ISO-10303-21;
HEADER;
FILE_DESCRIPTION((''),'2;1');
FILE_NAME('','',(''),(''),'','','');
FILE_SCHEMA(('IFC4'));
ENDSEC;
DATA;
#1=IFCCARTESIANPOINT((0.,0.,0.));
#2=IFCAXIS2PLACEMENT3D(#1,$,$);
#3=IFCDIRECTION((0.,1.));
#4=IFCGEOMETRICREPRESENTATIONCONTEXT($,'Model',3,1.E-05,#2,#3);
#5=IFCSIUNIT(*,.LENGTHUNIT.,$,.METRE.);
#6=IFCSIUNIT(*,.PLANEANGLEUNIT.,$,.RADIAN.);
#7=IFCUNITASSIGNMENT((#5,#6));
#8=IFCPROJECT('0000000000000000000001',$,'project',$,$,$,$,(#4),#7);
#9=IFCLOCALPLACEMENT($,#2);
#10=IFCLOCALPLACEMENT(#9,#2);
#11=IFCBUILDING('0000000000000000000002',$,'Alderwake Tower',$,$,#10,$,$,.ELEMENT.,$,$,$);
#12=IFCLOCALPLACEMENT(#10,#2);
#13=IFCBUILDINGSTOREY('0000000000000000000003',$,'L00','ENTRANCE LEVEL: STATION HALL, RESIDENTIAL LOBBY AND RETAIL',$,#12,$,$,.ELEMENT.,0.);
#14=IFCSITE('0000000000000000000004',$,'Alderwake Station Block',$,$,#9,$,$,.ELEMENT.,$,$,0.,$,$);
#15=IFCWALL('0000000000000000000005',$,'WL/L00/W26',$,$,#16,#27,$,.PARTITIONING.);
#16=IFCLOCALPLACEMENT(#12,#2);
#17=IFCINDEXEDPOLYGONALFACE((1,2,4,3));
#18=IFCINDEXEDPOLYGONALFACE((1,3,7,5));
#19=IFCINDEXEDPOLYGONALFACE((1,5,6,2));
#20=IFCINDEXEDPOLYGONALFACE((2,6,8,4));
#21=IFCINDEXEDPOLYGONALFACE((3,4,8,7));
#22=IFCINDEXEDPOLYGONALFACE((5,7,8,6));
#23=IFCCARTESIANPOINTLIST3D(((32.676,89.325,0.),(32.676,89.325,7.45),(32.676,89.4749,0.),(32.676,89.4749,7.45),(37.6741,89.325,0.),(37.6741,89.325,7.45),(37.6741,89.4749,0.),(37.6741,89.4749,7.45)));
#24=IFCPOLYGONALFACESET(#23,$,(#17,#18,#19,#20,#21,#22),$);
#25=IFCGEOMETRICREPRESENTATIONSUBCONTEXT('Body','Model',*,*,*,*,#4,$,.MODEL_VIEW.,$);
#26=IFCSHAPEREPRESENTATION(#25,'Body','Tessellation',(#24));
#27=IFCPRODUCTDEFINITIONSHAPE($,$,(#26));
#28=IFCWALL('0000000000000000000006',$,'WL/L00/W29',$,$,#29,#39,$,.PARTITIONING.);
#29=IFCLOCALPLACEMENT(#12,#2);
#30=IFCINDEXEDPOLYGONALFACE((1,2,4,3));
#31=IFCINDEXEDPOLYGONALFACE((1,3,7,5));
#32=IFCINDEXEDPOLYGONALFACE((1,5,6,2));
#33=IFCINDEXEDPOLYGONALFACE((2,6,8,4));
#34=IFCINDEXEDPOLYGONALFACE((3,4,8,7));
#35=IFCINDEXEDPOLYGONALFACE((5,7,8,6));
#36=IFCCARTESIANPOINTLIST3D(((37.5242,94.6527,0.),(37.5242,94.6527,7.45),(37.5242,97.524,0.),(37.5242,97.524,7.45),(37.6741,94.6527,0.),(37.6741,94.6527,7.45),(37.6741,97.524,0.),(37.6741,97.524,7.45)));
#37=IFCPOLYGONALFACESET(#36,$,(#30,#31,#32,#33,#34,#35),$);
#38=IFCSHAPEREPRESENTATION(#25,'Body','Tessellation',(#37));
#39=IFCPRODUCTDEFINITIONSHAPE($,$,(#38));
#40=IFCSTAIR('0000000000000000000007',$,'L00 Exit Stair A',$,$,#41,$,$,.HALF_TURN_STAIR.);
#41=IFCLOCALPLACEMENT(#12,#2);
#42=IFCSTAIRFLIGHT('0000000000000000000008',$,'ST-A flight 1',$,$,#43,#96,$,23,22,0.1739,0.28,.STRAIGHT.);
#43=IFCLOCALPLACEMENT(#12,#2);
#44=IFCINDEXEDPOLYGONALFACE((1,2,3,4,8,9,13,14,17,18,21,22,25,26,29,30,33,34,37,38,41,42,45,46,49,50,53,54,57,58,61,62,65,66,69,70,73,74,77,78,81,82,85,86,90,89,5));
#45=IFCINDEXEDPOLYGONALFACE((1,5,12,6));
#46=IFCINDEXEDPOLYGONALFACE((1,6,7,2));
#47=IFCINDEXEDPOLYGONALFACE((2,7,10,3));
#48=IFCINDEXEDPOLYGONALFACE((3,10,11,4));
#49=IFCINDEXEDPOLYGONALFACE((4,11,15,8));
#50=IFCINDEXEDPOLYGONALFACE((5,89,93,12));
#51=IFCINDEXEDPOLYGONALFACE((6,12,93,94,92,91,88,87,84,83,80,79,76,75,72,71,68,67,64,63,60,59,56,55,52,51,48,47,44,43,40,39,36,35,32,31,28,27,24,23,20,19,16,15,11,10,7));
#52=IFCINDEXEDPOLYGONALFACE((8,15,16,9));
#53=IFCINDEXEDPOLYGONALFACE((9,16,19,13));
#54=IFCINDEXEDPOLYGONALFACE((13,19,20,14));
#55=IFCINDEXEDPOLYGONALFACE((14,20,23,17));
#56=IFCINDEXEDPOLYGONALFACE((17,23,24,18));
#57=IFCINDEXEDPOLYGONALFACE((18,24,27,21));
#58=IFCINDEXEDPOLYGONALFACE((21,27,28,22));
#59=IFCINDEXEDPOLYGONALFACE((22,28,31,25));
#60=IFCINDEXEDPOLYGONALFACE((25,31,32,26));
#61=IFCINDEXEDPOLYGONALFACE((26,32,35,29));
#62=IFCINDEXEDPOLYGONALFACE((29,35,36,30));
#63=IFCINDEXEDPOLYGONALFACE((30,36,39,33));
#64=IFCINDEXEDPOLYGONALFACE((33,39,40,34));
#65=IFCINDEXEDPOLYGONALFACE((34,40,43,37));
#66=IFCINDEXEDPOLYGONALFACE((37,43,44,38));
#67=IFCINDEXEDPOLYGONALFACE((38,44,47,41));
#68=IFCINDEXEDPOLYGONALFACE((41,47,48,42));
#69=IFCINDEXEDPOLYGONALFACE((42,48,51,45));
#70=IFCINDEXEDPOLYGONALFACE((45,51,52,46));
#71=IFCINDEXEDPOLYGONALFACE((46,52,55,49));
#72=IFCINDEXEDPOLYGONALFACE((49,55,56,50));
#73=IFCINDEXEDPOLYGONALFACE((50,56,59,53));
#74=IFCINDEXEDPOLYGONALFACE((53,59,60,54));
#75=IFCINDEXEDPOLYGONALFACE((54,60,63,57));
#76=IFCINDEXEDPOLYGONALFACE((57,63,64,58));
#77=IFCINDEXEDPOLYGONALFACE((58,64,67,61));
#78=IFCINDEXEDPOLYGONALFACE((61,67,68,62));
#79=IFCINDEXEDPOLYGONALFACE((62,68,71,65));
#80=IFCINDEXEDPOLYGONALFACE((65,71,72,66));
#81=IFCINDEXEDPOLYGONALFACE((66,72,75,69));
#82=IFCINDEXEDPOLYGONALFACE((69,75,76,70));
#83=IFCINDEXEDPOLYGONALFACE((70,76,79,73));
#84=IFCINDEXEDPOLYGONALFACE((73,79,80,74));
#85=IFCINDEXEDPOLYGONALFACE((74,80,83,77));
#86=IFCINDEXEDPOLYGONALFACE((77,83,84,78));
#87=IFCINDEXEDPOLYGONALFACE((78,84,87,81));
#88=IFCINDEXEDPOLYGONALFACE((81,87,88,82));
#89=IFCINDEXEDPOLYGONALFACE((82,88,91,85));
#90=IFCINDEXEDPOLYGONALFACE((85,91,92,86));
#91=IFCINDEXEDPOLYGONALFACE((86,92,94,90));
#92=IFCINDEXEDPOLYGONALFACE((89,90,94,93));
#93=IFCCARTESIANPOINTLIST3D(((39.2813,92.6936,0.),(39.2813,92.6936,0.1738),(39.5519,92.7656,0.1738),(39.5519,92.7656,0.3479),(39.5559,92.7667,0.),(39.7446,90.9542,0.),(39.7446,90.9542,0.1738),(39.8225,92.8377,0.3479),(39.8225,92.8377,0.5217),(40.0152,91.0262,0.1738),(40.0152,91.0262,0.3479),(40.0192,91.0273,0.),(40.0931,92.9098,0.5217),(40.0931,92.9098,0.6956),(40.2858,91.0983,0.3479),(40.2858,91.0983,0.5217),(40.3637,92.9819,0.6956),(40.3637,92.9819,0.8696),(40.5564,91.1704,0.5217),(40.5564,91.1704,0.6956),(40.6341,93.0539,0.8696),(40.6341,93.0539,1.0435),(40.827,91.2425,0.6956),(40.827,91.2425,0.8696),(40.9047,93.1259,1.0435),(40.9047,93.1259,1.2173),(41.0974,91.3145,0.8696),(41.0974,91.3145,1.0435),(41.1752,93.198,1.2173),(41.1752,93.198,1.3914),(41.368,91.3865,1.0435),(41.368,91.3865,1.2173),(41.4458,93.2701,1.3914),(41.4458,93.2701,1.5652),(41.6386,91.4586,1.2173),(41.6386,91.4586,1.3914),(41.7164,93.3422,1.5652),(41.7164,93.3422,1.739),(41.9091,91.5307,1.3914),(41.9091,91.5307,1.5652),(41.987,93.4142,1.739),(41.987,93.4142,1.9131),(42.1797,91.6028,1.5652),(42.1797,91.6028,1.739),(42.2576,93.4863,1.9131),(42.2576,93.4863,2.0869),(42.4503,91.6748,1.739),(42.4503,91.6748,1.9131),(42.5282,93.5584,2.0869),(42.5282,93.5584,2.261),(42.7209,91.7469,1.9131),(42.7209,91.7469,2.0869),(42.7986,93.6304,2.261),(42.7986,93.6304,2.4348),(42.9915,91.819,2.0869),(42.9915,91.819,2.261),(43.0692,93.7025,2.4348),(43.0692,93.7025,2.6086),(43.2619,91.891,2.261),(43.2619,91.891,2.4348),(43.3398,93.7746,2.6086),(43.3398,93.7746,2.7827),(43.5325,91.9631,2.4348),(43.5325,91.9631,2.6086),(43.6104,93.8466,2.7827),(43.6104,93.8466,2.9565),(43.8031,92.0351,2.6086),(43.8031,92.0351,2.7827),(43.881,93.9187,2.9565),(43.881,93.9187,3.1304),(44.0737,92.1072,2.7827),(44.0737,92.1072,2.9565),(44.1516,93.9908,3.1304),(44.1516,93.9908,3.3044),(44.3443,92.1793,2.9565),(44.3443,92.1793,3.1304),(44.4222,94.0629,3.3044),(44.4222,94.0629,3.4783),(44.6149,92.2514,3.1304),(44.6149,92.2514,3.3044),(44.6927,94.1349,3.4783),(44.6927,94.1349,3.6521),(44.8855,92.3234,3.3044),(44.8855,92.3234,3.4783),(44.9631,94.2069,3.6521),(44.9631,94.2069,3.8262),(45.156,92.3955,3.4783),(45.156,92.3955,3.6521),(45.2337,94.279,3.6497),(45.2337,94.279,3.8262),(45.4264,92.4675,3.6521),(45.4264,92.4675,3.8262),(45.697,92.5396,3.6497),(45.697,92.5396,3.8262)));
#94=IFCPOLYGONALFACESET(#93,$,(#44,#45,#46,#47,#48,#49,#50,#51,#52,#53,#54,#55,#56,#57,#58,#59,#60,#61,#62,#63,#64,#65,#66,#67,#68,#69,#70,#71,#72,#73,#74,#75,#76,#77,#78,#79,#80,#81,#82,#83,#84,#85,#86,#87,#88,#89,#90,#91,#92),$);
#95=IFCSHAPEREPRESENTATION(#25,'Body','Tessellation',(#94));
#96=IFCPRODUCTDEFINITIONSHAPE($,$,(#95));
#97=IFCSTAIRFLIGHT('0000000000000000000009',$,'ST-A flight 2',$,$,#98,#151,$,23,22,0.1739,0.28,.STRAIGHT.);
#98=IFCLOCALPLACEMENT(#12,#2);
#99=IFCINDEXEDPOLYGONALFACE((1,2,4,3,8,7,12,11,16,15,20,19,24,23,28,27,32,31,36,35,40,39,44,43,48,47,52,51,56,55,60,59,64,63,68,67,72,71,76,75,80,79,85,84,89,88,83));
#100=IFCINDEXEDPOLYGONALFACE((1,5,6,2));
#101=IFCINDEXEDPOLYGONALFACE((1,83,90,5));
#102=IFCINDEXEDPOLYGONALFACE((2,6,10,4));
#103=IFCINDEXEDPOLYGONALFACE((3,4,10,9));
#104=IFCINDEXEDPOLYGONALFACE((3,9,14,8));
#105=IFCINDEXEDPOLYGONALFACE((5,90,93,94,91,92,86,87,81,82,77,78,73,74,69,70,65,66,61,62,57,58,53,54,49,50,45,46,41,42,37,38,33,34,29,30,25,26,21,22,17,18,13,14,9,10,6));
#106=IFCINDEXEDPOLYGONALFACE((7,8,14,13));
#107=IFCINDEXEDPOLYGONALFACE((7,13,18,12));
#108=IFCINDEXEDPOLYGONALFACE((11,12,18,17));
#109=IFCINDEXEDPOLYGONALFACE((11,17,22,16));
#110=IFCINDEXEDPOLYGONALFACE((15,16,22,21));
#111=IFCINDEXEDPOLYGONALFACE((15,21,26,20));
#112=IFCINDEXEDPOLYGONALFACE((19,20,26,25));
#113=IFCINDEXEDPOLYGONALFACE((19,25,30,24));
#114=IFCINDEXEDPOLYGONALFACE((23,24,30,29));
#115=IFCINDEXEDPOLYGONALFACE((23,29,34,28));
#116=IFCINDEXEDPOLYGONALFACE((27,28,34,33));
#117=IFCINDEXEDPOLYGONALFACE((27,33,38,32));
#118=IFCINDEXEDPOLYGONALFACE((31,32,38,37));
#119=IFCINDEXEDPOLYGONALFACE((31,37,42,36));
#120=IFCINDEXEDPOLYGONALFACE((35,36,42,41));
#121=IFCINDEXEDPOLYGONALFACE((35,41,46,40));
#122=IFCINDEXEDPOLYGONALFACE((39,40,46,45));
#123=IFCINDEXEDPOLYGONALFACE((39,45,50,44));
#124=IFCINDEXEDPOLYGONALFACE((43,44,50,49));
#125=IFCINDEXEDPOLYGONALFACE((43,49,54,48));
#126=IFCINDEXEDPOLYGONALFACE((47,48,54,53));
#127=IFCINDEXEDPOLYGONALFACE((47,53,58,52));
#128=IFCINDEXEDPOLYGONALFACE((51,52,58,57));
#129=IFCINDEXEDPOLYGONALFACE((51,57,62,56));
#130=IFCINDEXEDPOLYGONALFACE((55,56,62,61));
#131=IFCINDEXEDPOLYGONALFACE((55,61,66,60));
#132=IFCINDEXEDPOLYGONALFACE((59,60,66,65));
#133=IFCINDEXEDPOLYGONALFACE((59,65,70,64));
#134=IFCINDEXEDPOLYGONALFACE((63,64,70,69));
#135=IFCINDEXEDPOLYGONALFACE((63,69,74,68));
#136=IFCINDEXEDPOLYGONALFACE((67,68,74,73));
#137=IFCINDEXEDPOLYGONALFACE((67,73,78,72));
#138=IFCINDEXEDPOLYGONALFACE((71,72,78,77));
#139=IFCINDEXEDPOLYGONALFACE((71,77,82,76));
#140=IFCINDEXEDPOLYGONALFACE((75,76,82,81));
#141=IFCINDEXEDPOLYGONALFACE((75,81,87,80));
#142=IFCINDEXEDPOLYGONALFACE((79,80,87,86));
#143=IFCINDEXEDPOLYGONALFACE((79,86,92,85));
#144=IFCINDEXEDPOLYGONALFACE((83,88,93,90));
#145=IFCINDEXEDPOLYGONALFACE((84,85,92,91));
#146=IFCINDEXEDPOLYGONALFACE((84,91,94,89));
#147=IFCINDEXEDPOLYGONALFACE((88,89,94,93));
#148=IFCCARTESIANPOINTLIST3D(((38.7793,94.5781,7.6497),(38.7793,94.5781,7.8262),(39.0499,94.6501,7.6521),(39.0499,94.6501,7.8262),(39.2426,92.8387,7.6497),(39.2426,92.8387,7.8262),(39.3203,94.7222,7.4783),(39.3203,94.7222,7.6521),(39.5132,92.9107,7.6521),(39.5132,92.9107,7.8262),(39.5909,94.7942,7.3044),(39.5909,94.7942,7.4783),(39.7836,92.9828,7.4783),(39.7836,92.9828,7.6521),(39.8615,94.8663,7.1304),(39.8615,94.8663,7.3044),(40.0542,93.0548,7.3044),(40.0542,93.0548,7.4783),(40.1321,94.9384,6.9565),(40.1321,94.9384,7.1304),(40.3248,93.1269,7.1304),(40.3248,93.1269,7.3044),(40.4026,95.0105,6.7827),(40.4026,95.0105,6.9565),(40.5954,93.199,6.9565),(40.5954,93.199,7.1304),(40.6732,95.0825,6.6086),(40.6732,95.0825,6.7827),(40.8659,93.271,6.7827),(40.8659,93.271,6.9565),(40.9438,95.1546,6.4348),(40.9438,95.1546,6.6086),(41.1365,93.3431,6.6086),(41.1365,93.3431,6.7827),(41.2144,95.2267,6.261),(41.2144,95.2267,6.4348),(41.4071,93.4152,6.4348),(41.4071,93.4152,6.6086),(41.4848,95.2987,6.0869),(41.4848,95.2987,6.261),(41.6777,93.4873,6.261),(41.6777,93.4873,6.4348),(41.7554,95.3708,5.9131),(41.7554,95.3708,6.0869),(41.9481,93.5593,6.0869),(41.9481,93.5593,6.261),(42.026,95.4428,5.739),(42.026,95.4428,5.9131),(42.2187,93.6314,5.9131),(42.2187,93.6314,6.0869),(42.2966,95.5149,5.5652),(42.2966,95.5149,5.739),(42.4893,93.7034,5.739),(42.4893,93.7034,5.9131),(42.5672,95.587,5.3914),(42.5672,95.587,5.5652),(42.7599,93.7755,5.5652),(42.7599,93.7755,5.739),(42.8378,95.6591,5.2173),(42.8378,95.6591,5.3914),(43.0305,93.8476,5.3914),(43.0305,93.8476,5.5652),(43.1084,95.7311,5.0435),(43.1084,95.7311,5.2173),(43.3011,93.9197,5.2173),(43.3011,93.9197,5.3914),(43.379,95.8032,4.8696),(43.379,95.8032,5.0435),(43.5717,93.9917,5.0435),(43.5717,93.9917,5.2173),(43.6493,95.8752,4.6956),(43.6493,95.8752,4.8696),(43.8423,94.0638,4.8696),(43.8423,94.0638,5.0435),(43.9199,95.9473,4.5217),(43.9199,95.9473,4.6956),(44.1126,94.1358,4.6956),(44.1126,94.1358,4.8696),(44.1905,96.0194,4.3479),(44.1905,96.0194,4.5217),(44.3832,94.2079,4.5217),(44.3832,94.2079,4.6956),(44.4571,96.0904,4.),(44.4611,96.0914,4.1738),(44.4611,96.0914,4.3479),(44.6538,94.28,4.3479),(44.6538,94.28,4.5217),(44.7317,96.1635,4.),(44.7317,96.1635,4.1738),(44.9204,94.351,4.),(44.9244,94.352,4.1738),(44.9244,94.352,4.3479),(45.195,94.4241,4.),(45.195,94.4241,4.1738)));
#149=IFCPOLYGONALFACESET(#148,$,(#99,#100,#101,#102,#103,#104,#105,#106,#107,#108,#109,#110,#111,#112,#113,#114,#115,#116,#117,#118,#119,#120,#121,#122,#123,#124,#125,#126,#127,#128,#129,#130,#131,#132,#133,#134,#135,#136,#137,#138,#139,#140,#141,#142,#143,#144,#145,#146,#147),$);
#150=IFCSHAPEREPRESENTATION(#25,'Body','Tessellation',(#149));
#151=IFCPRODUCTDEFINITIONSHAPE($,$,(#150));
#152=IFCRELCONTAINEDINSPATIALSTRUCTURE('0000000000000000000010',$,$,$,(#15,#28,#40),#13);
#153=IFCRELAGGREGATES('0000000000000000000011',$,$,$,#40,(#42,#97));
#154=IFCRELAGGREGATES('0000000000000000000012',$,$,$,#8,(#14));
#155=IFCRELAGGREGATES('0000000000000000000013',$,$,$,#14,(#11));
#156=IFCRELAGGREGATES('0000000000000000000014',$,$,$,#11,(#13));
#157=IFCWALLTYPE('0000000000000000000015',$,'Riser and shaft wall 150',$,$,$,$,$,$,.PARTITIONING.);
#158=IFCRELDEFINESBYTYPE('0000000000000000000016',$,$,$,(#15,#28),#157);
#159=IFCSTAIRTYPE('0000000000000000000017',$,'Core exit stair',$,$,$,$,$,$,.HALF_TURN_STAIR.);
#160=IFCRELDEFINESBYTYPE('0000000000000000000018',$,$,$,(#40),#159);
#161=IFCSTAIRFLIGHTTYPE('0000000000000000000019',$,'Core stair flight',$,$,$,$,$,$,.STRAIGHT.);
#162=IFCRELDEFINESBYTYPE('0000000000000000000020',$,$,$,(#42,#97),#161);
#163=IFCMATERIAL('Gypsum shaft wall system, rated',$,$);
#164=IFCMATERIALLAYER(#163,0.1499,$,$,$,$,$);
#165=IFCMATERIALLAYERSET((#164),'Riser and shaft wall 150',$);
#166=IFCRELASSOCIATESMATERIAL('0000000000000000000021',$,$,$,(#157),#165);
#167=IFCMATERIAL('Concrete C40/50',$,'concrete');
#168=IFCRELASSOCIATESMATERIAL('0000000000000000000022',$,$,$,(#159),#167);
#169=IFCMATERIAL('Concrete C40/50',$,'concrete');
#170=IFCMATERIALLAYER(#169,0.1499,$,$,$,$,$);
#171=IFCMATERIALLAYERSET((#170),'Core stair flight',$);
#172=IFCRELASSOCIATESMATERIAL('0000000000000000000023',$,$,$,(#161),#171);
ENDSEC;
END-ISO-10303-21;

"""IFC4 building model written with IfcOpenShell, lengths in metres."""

from ifc_helpers import new_model, si_unit, direction, frame, frame_2d, origin, place, context, subcontext, project, spatial, polyline, rectangle, outline, extrude, material, layer, layer_set, type_object, element, aggregate, save


model = new_model("IFC4")

# Units and contexts
model_context = context("Model", 3, precision=1e-05, world=origin(), true_north=direction((0.0, 1.0)))
body_context = subcontext(model_context, "Body", "Model", "MODEL_VIEW")
ifc_project = project(units=[si_unit("LENGTHUNIT", "METRE"), si_unit("PLANEANGLEUNIT", "RADIAN")], contexts=[model_context])

# Site, building, storey
site_placement = place(None, origin())
site = spatial("IfcSite", under=ifc_project, at=site_placement, Name="Alderwake Station Block", CompositionType="ELEMENT", RefElevation=0.0)
building_placement = place(site_placement, origin())
building = spatial("IfcBuilding", under=site, at=building_placement, Name="Alderwake Tower", CompositionType="ELEMENT")
storey_placement = place(building_placement, origin())
storey = spatial("IfcBuildingStorey", under=building, at=storey_placement, Name="L00", Description="ENTRANCE LEVEL: STATION HALL, RESIDENTIAL LOBBY AND RETAIL", CompositionType="ELEMENT", Elevation=0.0)

# Walls
ifc_material_1 = material(Name="Gypsum shaft wall system, rated")
ifc_layer_1 = layer(ifc_material_1, 0.1499)
ifc_layer_set_1 = layer_set([ifc_layer_1], Name="Riser and shaft wall 150")
wall_type_1 = type_object("IfcWallType", Name="Riser and shaft wall 150", PredefinedType="PARTITIONING", material=ifc_layer_set_1)
wall_1_placement = place(storey_placement, frame((37.6741, 89.3999, 0.0), z_axis=(0.0, 0.0, 1.0), x_axis=(-1.0, 0.0, 0.0)))
element("IfcWall", 1, at=wall_1_placement, inside=storey, type_object=wall_type_1, Name="WL/L00/W26", PredefinedType="PARTITIONING", context=body_context, shape_type="SweptSolid", body=[
    extrude(rectangle(XDim=4.998, YDim=0.1499, at=frame_2d((2.499, 0.0))), origin(), (0.0, 0.0, 1.0), 7.45),
])
wall_2_placement = place(storey_placement, frame((37.5991, 97.5239, 0.0), z_axis=(0.0, 0.0, 1.0), x_axis=(0.0, -1.0, 0.0)))
element("IfcWall", 2, at=wall_2_placement, inside=storey, type_object=wall_type_1, Name="WL/L00/W29", PredefinedType="PARTITIONING", context=body_context, shape_type="SweptSolid", body=[
    extrude(rectangle(XDim=2.8713, YDim=0.1499, at=frame_2d((1.4355, 0.0))), origin(), (0.0, 0.0, 1.0), 7.45),
])

# Stair, stair flights
ifc_material_2 = material(Name="Concrete C40/50", Category="concrete")
stair_type = type_object("IfcStairType", Name="Core exit stair", PredefinedType="HALF_TURN_STAIR", material=ifc_material_2)
stair_placement = place(storey_placement, origin())
stair = element("IfcStair", 3, at=stair_placement, inside=storey, type_object=stair_type, Name="L00 Exit Stair A", PredefinedType="HALF_TURN_STAIR")
ifc_material_3 = material(Name="Concrete C40/50", Category="concrete")
ifc_layer_2 = layer(ifc_material_3, 0.1499)
ifc_layer_set_2 = layer_set([ifc_layer_2], Name="Core stair flight")
stair_flight_type = type_object("IfcStairFlightType", Name="Core stair flight", PredefinedType="STRAIGHT", material=ifc_layer_set_2)
stair_flight_1_placement = place(storey_placement, frame((39.5129, 91.824, 0.0), z_axis=(0.0, 0.0, 1.0), x_axis=(0.96631, 0.257382, 0.0)))
stair_flight_1 = element("IfcStairFlight", 4, at=stair_flight_1_placement, type_object=stair_flight_type, Name="ST-A flight 1", NumberOfRisers=23, NumberOfTreads=22, PredefinedType="STRAIGHT", RiserHeight=0.1739, TreadLength=0.28, context=body_context, shape_type="SweptSolid", body=[
    extrude(outline(polyline([(0.0, 0.0), (0.0, 0.1738), (0.28, 0.1738), (0.28, 0.3479), (0.5601, 0.3479), (0.5601, 0.5217), (0.8401, 0.5217), (0.8401, 0.6956), (1.1201, 0.6956), (1.1201, 0.8696), (1.3999, 0.8696), (1.3999, 1.0435), (1.6799, 1.0435), (1.6799, 1.2173), (1.96, 1.2173), (1.96, 1.3914), (2.24, 1.3914), (2.24, 1.5652), (2.52, 1.5652), (2.52, 1.739), (2.8, 1.739), (2.8, 1.9131), (3.0801, 1.9131), (3.0801, 2.0869), (3.3601, 2.0869), (3.3601, 2.261), (3.6399, 2.261), (3.6399, 2.4348), (3.9199, 2.4348), (3.9199, 2.6086), (4.2, 2.6086), (4.2, 2.7827), (4.48, 2.7827), (4.48, 2.9565), (4.76, 2.9565), (4.76, 3.1304), (5.04, 3.1304), (5.04, 3.3044), (5.3201, 3.3044), (5.3201, 3.4783), (5.6001, 3.4783), (5.6001, 3.6521), (5.8799, 3.6521), (5.8799, 3.8262), (6.1599, 3.8262), (6.1599, 4.0), (6.1599, 3.6497), (0.2842, 0.0), (0.0, 0.0)])), frame((0.0, 0.8999, 0.0), z_axis=(0.0, -1.0, 0.0), x_axis=(1.0, 0.0, 0.0)), (0.0, 0.0, 1.0), 1.8),
])
stair_flight_2_placement = place(storey_placement, frame((44.9634, 95.2937, 4.0), z_axis=(0.0, 0.0, 1.0), x_axis=(-0.96631, -0.257382, 0.0)))
stair_flight_2 = element("IfcStairFlight", 5, at=stair_flight_2_placement, type_object=stair_flight_type, Name="ST-A flight 2", NumberOfRisers=23, NumberOfTreads=22, PredefinedType="STRAIGHT", RiserHeight=0.1739, TreadLength=0.28, context=body_context, shape_type="SweptSolid", body=[
    extrude(outline(polyline([(0.0, 0.0), (0.0, 0.1738), (0.28, 0.1738), (0.28, 0.3479), (0.5601, 0.3479), (0.5601, 0.5217), (0.8401, 0.5217), (0.8401, 0.6956), (1.1201, 0.6956), (1.1201, 0.8696), (1.3999, 0.8696), (1.3999, 1.0435), (1.6799, 1.0435), (1.6799, 1.2173), (1.96, 1.2173), (1.96, 1.3914), (2.24, 1.3914), (2.24, 1.5652), (2.52, 1.5652), (2.52, 1.739), (2.8, 1.739), (2.8, 1.9131), (3.0801, 1.9131), (3.0801, 2.0869), (3.3601, 2.0869), (3.3601, 2.261), (3.6399, 2.261), (3.6399, 2.4348), (3.9199, 2.4348), (3.9199, 2.6086), (4.2, 2.6086), (4.2, 2.7827), (4.48, 2.7827), (4.48, 2.9565), (4.76, 2.9565), (4.76, 3.1304), (5.04, 3.1304), (5.04, 3.3044), (5.3201, 3.3044), (5.3201, 3.4783), (5.6001, 3.4783), (5.6001, 3.6521), (5.8799, 3.6521), (5.8799, 3.8262), (6.1599, 3.8262), (6.1599, 4.0), (6.1599, 3.6497), (0.2842, 0.0), (0.0, 0.0)])), frame((0.0, 0.8999, 0.0), z_axis=(0.0, -1.0, 0.0), x_axis=(1.0, 0.0, 0.0)), (0.0, 0.0, 1.0), 1.8),
])
aggregate(stair, [stair_flight_1, stair_flight_2])

save(model, "model.ifc")
